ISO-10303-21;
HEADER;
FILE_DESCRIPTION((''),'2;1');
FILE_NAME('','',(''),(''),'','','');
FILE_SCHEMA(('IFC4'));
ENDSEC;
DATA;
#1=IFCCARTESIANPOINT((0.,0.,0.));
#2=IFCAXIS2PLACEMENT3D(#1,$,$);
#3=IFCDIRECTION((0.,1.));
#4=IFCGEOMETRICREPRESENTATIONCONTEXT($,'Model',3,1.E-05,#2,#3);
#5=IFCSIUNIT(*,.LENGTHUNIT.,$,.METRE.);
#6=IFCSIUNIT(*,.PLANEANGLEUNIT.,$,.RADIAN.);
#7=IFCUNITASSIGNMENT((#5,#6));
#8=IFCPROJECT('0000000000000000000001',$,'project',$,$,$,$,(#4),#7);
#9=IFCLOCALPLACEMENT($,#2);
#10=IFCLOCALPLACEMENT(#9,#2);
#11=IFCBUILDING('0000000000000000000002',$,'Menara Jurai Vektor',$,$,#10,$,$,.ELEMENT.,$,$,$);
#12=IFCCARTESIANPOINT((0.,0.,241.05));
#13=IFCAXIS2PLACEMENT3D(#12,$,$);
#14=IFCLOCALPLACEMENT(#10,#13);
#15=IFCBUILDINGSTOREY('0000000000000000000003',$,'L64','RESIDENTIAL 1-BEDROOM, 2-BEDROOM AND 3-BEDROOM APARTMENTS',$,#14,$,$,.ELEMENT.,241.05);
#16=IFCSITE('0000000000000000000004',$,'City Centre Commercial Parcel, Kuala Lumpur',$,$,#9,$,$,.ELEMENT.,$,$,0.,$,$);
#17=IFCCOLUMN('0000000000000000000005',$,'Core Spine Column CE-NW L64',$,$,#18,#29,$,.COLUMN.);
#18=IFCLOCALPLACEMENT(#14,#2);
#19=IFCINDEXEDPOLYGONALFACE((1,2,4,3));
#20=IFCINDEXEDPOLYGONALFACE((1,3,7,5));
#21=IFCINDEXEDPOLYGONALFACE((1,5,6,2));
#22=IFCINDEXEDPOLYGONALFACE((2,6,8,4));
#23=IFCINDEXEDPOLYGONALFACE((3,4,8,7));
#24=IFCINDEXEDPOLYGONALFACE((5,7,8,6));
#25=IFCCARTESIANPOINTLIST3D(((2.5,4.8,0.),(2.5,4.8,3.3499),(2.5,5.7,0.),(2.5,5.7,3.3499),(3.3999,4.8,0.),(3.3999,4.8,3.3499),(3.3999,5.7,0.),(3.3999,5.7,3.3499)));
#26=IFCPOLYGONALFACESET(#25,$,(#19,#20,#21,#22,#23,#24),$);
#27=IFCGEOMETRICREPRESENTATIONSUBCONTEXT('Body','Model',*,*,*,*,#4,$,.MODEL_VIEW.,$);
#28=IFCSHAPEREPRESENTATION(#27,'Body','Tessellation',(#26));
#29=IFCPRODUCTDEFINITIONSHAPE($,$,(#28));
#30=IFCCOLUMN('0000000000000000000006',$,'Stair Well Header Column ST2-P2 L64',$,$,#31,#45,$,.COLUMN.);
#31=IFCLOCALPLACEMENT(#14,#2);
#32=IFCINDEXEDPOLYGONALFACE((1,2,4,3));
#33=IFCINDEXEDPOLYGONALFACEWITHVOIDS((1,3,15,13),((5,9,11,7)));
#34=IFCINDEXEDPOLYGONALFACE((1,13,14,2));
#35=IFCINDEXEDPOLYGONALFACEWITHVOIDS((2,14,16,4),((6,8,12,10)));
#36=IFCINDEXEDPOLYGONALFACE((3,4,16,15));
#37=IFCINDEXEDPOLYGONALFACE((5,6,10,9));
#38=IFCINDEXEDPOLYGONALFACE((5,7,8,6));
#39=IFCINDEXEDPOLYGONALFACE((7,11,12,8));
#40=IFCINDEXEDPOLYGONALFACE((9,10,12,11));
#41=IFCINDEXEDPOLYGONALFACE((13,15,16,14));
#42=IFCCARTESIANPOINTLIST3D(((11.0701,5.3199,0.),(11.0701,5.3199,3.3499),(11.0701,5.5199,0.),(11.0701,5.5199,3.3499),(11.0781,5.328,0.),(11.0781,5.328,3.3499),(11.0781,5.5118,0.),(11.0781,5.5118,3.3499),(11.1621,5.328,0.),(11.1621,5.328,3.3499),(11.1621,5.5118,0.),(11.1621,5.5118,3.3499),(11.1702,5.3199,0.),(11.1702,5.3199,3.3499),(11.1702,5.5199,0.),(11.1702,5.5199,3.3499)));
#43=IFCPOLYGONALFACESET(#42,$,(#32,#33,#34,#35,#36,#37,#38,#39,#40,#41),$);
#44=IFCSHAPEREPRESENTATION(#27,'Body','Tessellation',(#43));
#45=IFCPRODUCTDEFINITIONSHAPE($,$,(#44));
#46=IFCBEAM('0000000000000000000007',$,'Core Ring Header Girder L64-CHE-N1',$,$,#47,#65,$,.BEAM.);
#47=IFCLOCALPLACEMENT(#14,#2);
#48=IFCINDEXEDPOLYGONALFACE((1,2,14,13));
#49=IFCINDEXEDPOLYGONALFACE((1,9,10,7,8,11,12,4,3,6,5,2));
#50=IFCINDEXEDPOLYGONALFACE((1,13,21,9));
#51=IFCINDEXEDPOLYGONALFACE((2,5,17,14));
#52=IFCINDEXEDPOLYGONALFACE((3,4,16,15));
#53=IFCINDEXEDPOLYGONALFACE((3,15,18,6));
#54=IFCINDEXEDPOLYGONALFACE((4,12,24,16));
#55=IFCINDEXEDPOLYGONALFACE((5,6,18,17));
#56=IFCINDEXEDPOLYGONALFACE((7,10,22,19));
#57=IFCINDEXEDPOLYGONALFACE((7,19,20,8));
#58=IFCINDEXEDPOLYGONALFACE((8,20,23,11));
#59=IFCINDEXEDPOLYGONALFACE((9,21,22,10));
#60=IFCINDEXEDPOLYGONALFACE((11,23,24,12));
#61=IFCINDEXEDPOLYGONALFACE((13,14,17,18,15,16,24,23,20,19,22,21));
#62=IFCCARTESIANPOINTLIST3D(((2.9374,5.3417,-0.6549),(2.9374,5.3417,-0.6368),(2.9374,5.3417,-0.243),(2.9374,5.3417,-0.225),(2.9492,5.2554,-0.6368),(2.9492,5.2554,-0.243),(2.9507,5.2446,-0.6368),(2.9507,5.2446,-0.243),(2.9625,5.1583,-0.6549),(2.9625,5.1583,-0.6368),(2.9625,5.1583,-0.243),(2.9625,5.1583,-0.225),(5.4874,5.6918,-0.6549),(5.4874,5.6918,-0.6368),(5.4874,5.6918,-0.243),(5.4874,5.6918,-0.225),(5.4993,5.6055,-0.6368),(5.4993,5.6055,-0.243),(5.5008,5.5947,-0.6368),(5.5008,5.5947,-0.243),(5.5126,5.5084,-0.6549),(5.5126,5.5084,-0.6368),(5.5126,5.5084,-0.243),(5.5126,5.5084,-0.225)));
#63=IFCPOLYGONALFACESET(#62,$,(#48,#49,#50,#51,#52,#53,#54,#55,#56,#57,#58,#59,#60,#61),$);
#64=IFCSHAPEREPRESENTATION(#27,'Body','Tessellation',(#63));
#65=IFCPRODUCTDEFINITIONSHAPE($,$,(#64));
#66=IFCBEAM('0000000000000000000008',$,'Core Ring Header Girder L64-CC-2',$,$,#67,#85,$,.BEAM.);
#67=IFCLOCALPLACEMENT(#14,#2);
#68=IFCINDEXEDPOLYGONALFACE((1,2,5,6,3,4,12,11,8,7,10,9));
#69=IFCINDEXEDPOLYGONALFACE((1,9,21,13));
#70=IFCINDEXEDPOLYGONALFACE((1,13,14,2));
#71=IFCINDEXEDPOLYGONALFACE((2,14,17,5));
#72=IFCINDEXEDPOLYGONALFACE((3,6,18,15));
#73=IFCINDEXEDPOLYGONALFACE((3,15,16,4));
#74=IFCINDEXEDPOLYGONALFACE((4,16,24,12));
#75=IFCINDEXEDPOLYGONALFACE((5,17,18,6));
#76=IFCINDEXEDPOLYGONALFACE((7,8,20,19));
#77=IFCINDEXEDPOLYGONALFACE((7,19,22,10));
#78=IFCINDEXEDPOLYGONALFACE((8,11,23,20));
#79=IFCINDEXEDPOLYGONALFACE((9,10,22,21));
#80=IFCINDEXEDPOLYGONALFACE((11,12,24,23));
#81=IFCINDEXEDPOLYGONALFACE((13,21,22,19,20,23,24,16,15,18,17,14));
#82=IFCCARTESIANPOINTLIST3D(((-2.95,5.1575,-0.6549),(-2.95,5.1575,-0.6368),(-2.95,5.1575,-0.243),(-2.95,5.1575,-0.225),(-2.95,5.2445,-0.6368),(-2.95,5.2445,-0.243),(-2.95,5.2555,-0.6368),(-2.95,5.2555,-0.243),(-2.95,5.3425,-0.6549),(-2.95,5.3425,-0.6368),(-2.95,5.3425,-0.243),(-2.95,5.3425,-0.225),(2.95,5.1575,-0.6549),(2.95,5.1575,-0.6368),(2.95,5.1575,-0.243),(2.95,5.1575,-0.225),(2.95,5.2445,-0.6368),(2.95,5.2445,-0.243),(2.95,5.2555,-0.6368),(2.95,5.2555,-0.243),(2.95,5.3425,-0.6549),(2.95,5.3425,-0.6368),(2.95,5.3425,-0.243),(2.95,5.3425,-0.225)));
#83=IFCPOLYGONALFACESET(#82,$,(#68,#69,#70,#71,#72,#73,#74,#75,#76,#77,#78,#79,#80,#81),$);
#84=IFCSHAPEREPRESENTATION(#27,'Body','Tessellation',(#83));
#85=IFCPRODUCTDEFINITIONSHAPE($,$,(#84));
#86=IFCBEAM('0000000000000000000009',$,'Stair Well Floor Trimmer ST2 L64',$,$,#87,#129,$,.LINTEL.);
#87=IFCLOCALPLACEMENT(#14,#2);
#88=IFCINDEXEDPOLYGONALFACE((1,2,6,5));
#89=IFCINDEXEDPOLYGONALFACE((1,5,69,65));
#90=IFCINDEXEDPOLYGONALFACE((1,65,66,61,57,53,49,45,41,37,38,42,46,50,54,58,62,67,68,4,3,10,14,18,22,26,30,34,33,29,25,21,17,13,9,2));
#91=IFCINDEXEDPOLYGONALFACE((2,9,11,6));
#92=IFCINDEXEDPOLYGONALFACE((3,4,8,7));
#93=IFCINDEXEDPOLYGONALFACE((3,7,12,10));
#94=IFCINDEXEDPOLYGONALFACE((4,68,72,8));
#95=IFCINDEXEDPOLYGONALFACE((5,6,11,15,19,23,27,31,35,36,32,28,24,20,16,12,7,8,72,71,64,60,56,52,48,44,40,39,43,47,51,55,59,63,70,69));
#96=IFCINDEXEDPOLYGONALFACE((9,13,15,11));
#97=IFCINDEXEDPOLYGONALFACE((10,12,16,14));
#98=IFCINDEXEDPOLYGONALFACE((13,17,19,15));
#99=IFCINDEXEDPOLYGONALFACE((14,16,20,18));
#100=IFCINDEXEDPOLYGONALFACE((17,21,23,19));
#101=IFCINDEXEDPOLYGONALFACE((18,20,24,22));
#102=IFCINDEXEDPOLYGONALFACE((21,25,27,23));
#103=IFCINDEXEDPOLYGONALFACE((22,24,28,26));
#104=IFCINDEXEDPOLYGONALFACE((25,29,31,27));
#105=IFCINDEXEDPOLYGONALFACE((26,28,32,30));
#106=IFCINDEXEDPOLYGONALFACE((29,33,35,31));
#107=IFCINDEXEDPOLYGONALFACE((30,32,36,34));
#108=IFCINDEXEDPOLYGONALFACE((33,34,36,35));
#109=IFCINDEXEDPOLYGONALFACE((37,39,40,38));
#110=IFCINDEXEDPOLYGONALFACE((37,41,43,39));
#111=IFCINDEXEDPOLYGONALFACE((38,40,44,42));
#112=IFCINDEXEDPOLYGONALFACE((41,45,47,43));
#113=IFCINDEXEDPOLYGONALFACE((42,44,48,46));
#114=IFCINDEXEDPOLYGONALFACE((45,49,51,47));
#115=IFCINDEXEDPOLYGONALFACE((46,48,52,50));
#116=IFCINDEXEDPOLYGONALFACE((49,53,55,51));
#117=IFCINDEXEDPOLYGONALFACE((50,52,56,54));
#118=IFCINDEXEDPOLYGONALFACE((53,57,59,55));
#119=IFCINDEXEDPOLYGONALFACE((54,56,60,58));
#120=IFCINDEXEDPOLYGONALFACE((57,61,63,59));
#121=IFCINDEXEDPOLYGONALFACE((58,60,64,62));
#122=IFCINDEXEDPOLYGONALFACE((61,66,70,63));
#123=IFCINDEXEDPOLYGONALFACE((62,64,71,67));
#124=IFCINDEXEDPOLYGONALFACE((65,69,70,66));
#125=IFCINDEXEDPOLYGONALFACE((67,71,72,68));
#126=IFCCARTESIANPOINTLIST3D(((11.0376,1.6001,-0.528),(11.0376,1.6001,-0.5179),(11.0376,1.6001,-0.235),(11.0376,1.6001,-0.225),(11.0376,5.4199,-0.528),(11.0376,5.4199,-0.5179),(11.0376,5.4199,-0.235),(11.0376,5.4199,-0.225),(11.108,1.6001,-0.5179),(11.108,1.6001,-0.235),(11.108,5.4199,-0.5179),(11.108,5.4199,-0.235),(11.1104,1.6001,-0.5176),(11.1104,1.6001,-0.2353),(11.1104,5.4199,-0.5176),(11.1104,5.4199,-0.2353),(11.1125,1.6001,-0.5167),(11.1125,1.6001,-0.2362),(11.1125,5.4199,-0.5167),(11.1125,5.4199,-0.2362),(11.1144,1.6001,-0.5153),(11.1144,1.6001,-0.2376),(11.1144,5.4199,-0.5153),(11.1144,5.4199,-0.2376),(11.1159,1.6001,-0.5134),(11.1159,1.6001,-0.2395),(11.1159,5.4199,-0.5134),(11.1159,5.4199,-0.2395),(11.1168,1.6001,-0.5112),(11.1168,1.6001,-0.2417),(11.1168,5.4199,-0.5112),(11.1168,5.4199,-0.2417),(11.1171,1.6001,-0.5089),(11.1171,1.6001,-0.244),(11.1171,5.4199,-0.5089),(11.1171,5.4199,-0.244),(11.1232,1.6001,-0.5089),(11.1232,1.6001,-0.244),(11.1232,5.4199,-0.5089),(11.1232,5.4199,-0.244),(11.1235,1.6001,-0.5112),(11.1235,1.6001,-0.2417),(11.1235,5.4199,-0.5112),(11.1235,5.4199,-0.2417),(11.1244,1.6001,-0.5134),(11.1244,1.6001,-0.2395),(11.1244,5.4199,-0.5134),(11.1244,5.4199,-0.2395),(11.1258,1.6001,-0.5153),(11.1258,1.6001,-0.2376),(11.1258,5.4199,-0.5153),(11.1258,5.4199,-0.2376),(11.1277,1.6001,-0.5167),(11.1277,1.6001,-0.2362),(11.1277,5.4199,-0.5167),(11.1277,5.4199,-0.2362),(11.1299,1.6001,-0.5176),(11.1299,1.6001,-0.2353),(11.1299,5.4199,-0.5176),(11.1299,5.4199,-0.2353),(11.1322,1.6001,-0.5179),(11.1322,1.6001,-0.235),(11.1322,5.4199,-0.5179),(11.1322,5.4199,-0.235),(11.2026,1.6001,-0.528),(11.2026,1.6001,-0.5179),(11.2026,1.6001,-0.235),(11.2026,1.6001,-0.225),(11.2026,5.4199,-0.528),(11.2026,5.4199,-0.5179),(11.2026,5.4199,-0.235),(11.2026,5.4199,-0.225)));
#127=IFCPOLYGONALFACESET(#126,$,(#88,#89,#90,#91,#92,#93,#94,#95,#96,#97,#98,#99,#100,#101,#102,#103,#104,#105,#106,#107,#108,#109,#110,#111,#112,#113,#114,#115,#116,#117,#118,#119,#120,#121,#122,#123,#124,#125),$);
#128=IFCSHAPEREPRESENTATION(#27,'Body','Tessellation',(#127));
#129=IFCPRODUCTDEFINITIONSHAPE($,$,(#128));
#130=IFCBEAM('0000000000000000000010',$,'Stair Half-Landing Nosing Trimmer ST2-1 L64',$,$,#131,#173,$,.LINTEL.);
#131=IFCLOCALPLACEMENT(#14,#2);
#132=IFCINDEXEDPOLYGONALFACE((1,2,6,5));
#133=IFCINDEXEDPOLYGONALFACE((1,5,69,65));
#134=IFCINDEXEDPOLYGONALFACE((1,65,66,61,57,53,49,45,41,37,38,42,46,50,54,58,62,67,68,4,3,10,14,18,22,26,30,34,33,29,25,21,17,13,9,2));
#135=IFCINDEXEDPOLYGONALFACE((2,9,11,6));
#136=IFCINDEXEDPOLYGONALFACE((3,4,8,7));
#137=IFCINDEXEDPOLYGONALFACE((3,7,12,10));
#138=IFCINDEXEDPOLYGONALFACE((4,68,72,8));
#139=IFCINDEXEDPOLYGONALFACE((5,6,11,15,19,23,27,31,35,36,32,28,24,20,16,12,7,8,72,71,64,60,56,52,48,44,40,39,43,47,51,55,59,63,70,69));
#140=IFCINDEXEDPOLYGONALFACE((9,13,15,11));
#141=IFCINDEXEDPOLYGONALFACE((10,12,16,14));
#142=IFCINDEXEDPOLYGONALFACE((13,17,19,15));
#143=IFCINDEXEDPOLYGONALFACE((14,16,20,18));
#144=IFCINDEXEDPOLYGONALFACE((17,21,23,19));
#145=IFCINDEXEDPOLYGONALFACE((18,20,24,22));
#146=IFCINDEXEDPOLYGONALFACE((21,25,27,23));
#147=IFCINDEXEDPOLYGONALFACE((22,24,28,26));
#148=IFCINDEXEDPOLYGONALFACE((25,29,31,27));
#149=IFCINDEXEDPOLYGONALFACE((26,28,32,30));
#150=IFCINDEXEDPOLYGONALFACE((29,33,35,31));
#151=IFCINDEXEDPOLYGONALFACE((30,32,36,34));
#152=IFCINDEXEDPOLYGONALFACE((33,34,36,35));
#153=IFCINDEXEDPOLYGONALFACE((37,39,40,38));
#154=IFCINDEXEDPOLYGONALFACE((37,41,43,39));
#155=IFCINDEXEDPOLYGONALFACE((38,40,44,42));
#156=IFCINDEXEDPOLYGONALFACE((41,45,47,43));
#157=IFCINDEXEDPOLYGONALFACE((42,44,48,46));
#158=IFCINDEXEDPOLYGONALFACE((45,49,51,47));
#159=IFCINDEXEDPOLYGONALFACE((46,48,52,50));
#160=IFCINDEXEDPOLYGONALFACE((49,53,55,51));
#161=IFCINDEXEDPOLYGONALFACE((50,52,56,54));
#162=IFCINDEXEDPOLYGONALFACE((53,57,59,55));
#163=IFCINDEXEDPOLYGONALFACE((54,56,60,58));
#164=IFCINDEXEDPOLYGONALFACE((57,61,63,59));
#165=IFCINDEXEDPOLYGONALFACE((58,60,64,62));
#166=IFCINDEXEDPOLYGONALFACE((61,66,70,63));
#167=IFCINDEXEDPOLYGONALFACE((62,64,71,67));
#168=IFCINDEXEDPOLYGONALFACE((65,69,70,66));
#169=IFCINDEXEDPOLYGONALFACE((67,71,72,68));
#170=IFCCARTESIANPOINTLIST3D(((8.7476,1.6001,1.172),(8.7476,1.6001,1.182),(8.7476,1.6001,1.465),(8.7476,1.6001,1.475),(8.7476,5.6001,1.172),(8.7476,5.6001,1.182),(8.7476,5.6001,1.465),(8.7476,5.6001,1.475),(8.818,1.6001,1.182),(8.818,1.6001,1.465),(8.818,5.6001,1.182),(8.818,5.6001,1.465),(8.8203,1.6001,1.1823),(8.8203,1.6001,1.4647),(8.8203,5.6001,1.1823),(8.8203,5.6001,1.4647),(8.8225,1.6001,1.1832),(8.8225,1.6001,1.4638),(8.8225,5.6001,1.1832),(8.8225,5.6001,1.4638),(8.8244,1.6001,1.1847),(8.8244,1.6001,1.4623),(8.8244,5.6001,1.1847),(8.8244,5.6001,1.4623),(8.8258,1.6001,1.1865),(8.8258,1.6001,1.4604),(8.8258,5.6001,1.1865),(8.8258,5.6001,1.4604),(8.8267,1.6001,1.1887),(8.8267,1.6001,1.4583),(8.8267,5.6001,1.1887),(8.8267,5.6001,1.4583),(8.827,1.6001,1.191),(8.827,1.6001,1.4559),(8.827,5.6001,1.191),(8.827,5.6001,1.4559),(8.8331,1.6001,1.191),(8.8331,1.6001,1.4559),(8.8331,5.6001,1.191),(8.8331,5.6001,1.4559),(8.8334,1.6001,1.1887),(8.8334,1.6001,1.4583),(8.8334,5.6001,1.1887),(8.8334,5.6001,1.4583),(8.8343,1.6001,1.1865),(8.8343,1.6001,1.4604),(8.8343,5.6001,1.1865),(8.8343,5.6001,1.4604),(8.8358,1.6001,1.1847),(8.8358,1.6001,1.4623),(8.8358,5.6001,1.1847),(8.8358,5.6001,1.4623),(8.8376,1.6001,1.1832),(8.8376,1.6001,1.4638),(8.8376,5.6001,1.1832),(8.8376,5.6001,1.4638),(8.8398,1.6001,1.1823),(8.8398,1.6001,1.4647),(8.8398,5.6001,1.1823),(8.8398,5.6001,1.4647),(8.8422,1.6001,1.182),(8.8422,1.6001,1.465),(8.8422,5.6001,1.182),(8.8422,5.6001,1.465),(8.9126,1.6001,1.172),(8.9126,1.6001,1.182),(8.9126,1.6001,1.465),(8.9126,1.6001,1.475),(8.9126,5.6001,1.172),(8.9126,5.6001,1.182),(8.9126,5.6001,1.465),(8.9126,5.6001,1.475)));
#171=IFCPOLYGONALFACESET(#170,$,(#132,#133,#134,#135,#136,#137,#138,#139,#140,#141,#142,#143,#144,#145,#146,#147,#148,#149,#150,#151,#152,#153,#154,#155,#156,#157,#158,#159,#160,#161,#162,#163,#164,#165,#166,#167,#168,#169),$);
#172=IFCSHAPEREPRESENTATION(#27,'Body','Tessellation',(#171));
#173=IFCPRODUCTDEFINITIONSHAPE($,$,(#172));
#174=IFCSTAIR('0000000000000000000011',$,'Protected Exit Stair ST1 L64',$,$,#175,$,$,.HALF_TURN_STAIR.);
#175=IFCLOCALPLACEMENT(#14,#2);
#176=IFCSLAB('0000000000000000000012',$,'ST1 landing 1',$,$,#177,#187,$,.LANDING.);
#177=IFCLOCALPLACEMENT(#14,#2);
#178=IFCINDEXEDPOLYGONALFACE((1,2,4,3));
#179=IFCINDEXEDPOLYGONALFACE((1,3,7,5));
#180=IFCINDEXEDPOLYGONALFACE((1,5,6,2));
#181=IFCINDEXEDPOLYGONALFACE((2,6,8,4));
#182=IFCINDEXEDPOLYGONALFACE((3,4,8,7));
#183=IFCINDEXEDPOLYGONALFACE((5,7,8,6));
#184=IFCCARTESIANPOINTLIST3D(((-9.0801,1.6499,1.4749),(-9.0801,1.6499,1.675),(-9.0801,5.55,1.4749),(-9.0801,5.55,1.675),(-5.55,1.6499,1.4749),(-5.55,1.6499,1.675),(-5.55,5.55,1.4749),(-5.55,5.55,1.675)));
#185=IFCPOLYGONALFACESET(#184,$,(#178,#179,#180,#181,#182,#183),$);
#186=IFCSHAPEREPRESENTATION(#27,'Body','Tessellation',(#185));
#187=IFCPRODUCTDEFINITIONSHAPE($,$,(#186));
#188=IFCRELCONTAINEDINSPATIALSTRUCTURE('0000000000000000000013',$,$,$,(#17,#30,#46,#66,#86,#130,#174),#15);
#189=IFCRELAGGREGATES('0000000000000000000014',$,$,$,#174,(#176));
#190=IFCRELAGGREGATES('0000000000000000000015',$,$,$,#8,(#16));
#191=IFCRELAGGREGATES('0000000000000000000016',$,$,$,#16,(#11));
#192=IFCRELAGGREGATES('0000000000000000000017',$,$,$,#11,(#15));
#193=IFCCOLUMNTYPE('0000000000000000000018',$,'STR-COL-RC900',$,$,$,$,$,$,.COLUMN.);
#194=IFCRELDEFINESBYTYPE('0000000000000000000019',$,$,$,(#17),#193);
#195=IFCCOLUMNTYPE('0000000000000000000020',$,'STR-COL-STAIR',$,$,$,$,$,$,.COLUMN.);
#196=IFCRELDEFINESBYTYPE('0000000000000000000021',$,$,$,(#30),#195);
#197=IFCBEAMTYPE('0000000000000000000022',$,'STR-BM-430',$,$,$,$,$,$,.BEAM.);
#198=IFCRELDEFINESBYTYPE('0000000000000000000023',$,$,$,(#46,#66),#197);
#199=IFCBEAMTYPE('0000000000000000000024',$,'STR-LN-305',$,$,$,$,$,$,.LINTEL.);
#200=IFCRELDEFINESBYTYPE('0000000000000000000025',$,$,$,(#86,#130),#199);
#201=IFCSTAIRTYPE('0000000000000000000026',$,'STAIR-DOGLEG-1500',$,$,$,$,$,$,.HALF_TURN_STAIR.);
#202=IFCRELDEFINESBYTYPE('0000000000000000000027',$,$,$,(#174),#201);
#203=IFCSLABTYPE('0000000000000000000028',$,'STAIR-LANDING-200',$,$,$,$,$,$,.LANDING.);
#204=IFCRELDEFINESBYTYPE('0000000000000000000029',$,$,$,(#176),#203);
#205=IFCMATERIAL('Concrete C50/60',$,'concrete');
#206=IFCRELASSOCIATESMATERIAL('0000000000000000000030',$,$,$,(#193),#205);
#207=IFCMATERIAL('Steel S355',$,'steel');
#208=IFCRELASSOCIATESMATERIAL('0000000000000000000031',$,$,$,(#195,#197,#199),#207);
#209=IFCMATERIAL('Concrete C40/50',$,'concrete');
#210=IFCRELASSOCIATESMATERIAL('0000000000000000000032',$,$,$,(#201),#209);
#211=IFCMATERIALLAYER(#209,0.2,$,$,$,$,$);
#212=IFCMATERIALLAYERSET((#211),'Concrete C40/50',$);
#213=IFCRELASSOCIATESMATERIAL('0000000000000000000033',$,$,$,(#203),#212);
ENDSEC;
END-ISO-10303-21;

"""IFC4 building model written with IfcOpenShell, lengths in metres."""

from ifc_helpers import new_model, si_unit, direction, frame, origin, origin_2d, place, context, subcontext, project, spatial, polyline, rectangle, hollow_rectangle, i_section, outline, extrude, material, layer, layer_set, material_profile, profile_set, type_object, element, aggregate, save


model = new_model("IFC4")

# Units and contexts
model_context = context("Model", 3, precision=1e-05, world=origin(), true_north=direction((0.0, 1.0)))
body_context = subcontext(model_context, "Body", "Model", "MODEL_VIEW")
ifc_project = project(units=[si_unit("LENGTHUNIT", "METRE"), si_unit("PLANEANGLEUNIT", "RADIAN")], contexts=[model_context])

# Site, building, storey
site_placement = place(None, origin())
site = spatial("IfcSite", under=ifc_project, at=site_placement, Name="City Centre Commercial Parcel, Kuala Lumpur", CompositionType="ELEMENT", RefElevation=0.0)
building_placement = place(site_placement, origin())
building = spatial("IfcBuilding", under=site, at=building_placement, Name="Menara Jurai Vektor", CompositionType="ELEMENT")
storey_placement = place(building_placement, frame((0.0, 0.0, 241.05)))
storey = spatial("IfcBuildingStorey", under=building, at=storey_placement, Name="L64", Description="RESIDENTIAL 1-BEDROOM, 2-BEDROOM AND 3-BEDROOM APARTMENTS", CompositionType="ELEMENT", Elevation=241.05)

# Columns
ifc_material_1 = material(Name="Concrete C50/60", Category="concrete")
ifc_material_profile_1 = material_profile(ifc_material_1, rectangle(XDim=0.8999, YDim=0.8999, at=origin_2d()), Name="RC 900x900")
ifc_profile_set_1 = profile_set([ifc_material_profile_1], Name="Concrete C50/60")
column_type_1 = type_object("IfcColumnType", Name="STR-COL-RC900", PredefinedType="COLUMN", material=ifc_profile_set_1)
column_1_placement = place(storey_placement, frame((2.95, 5.25, 0.0), z_axis=(0.0, 0.0, 1.0), x_axis=(1.0, 0.0, 0.0)))
element("IfcColumn", 1, at=column_1_placement, inside=storey, type_object=column_type_1, Name="Core Spine Column CE-NW L64", PredefinedType="COLUMN", context=body_context, shape_type="SweptSolid", body=[
    extrude(rectangle(XDim=0.8999, YDim=0.8999, at=origin_2d()), origin(), (0.0, 0.0, 1.0), 3.3499),
])
ifc_material_2 = material(Name="Steel S355", Category="steel")
ifc_material_profile_2 = material_profile(ifc_material_2, hollow_rectangle(XDim=0.1001, YDim=0.2, WallThickness=0.0081, at=origin_2d()), Name="RHS 200x100x8")
ifc_profile_set_2 = profile_set([ifc_material_profile_2], Name="Steel S355")
column_type_2 = type_object("IfcColumnType", Name="STR-COL-STAIR", PredefinedType="COLUMN", material=ifc_profile_set_2)
column_2_placement = place(storey_placement, frame((11.1201, 5.4199, 0.0), z_axis=(0.0, 0.0, 1.0), x_axis=(1.0, 0.0, 0.0)))
element("IfcColumn", 2, at=column_2_placement, inside=storey, type_object=column_type_2, Name="Stair Well Header Column ST2-P2 L64", PredefinedType="COLUMN", context=body_context, shape_type="SweptSolid", body=[
    extrude(hollow_rectangle(XDim=0.1001, YDim=0.2, WallThickness=0.0081, at=origin_2d()), origin(), (0.0, 0.0, 1.0), 3.3499),
])

# Beams
ifc_material_profile_3 = material_profile(ifc_material_2, i_section(OverallWidth=0.1851, OverallDepth=0.4299, WebThickness=0.011, FlangeThickness=0.0181, at=origin_2d()), Name="PG 430x185x76")
ifc_profile_set_3 = profile_set([ifc_material_profile_3], Name="Steel S355")
beam_type_1 = type_object("IfcBeamType", Name="STR-BM-430", PredefinedType="BEAM", material=ifc_profile_set_3)
beam_1_placement = place(storey_placement, frame((2.95, 5.25, -0.4399), z_axis=(0.990707, 0.136015, 0.0), x_axis=(-0.136015, 0.990707, 0.0)))
element("IfcBeam", 3, at=beam_1_placement, inside=storey, type_object=beam_type_1, Name="Core Ring Header Girder L64-CHE-N1", PredefinedType="BEAM", context=body_context, shape_type="SweptSolid", body=[
    extrude(i_section(OverallWidth=0.1851, OverallDepth=0.4299, WebThickness=0.011, FlangeThickness=0.0181, at=origin_2d()), origin(), (0.0, 0.0, 1.0), 2.574),
])
beam_2_placement = place(storey_placement, frame((-2.95, 5.25, -0.4399), z_axis=(1.0, 0.0, 0.0), x_axis=(0.0, 1.0, 0.0)))
element("IfcBeam", 4, at=beam_2_placement, inside=storey, type_object=beam_type_1, Name="Core Ring Header Girder L64-CC-2", PredefinedType="BEAM", context=body_context, shape_type="SweptSolid", body=[
    extrude(i_section(OverallWidth=0.1851, OverallDepth=0.4299, WebThickness=0.011, FlangeThickness=0.0181, at=origin_2d()), origin(), (0.0, 0.0, 1.0), 5.8999),
])
ifc_material_profile_4 = material_profile(ifc_material_2, i_section(OverallWidth=0.165, OverallDepth=0.303, WebThickness=0.0061, FlangeThickness=0.01, FilletRadius=0.009, at=origin_2d()), Name="UKB 305x165x40")
ifc_profile_set_4 = profile_set([ifc_material_profile_4], Name="Steel S355")
beam_type_2 = type_object("IfcBeamType", Name="STR-LN-305", PredefinedType="LINTEL", material=ifc_profile_set_4)
beam_3_placement = place(storey_placement, frame((11.1201, 1.6001, -0.3765), z_axis=(0.0, 1.0, 0.0), x_axis=(-1.0, 0.0, 0.0)))
element("IfcBeam", 5, at=beam_3_placement, inside=storey, type_object=beam_type_2, Name="Stair Well Floor Trimmer ST2 L64", PredefinedType="LINTEL", context=body_context, shape_type="SweptSolid", body=[
    extrude(i_section(OverallWidth=0.165, OverallDepth=0.303, WebThickness=0.0061, FlangeThickness=0.01, FilletRadius=0.009, at=origin_2d()), origin(), (0.0, 0.0, 1.0), 3.8198),
])
beam_4_placement = place(storey_placement, frame((8.8301, 1.6001, 1.3235), z_axis=(0.0, 1.0, 0.0), x_axis=(-1.0, 0.0, 0.0)))
element("IfcBeam", 6, at=beam_4_placement, inside=storey, type_object=beam_type_2, Name="Stair Half-Landing Nosing Trimmer ST2-1 L64", PredefinedType="LINTEL", context=body_context, shape_type="SweptSolid", body=[
    extrude(i_section(OverallWidth=0.165, OverallDepth=0.303, WebThickness=0.0061, FlangeThickness=0.01, FilletRadius=0.009, at=origin_2d()), origin(), (0.0, 0.0, 1.0), 4.0),
])

# Stair, slab
ifc_material_3 = material(Name="Concrete C40/50", Category="concrete")
stair_type = type_object("IfcStairType", Name="STAIR-DOGLEG-1500", PredefinedType="HALF_TURN_STAIR", material=ifc_material_3)
stair_1_placement = place(storey_placement, origin())
stair_1 = element("IfcStair", 7, at=stair_1_placement, inside=storey, type_object=stair_type, Name="Protected Exit Stair ST1 L64", PredefinedType="HALF_TURN_STAIR")
ifc_layer_1 = layer(ifc_material_3, 0.2)
ifc_layer_set_1 = layer_set([ifc_layer_1], Name="Concrete C40/50")
slab_type_1 = type_object("IfcSlabType", Name="STAIR-LANDING-200", PredefinedType="LANDING", material=ifc_layer_set_1)
slab_1_placement = place(storey_placement, frame((0.0, 0.0, 1.4749)))
slab_1 = element("IfcSlab", 8, at=slab_1_placement, type_object=slab_type_1, Name="ST1 landing 1", PredefinedType="LANDING", context=body_context, shape_type="SweptSolid", body=[
    extrude(outline(polyline([(-9.0801, 1.6499), (-5.55, 1.6499), (-5.55, 5.55), (-9.0801, 5.55), (-9.0801, 1.6499)])), origin(), (0.0, 0.0, 1.0), 0.2002),
])
aggregate(stair_1, [slab_1])

save(model, "model.ifc")
